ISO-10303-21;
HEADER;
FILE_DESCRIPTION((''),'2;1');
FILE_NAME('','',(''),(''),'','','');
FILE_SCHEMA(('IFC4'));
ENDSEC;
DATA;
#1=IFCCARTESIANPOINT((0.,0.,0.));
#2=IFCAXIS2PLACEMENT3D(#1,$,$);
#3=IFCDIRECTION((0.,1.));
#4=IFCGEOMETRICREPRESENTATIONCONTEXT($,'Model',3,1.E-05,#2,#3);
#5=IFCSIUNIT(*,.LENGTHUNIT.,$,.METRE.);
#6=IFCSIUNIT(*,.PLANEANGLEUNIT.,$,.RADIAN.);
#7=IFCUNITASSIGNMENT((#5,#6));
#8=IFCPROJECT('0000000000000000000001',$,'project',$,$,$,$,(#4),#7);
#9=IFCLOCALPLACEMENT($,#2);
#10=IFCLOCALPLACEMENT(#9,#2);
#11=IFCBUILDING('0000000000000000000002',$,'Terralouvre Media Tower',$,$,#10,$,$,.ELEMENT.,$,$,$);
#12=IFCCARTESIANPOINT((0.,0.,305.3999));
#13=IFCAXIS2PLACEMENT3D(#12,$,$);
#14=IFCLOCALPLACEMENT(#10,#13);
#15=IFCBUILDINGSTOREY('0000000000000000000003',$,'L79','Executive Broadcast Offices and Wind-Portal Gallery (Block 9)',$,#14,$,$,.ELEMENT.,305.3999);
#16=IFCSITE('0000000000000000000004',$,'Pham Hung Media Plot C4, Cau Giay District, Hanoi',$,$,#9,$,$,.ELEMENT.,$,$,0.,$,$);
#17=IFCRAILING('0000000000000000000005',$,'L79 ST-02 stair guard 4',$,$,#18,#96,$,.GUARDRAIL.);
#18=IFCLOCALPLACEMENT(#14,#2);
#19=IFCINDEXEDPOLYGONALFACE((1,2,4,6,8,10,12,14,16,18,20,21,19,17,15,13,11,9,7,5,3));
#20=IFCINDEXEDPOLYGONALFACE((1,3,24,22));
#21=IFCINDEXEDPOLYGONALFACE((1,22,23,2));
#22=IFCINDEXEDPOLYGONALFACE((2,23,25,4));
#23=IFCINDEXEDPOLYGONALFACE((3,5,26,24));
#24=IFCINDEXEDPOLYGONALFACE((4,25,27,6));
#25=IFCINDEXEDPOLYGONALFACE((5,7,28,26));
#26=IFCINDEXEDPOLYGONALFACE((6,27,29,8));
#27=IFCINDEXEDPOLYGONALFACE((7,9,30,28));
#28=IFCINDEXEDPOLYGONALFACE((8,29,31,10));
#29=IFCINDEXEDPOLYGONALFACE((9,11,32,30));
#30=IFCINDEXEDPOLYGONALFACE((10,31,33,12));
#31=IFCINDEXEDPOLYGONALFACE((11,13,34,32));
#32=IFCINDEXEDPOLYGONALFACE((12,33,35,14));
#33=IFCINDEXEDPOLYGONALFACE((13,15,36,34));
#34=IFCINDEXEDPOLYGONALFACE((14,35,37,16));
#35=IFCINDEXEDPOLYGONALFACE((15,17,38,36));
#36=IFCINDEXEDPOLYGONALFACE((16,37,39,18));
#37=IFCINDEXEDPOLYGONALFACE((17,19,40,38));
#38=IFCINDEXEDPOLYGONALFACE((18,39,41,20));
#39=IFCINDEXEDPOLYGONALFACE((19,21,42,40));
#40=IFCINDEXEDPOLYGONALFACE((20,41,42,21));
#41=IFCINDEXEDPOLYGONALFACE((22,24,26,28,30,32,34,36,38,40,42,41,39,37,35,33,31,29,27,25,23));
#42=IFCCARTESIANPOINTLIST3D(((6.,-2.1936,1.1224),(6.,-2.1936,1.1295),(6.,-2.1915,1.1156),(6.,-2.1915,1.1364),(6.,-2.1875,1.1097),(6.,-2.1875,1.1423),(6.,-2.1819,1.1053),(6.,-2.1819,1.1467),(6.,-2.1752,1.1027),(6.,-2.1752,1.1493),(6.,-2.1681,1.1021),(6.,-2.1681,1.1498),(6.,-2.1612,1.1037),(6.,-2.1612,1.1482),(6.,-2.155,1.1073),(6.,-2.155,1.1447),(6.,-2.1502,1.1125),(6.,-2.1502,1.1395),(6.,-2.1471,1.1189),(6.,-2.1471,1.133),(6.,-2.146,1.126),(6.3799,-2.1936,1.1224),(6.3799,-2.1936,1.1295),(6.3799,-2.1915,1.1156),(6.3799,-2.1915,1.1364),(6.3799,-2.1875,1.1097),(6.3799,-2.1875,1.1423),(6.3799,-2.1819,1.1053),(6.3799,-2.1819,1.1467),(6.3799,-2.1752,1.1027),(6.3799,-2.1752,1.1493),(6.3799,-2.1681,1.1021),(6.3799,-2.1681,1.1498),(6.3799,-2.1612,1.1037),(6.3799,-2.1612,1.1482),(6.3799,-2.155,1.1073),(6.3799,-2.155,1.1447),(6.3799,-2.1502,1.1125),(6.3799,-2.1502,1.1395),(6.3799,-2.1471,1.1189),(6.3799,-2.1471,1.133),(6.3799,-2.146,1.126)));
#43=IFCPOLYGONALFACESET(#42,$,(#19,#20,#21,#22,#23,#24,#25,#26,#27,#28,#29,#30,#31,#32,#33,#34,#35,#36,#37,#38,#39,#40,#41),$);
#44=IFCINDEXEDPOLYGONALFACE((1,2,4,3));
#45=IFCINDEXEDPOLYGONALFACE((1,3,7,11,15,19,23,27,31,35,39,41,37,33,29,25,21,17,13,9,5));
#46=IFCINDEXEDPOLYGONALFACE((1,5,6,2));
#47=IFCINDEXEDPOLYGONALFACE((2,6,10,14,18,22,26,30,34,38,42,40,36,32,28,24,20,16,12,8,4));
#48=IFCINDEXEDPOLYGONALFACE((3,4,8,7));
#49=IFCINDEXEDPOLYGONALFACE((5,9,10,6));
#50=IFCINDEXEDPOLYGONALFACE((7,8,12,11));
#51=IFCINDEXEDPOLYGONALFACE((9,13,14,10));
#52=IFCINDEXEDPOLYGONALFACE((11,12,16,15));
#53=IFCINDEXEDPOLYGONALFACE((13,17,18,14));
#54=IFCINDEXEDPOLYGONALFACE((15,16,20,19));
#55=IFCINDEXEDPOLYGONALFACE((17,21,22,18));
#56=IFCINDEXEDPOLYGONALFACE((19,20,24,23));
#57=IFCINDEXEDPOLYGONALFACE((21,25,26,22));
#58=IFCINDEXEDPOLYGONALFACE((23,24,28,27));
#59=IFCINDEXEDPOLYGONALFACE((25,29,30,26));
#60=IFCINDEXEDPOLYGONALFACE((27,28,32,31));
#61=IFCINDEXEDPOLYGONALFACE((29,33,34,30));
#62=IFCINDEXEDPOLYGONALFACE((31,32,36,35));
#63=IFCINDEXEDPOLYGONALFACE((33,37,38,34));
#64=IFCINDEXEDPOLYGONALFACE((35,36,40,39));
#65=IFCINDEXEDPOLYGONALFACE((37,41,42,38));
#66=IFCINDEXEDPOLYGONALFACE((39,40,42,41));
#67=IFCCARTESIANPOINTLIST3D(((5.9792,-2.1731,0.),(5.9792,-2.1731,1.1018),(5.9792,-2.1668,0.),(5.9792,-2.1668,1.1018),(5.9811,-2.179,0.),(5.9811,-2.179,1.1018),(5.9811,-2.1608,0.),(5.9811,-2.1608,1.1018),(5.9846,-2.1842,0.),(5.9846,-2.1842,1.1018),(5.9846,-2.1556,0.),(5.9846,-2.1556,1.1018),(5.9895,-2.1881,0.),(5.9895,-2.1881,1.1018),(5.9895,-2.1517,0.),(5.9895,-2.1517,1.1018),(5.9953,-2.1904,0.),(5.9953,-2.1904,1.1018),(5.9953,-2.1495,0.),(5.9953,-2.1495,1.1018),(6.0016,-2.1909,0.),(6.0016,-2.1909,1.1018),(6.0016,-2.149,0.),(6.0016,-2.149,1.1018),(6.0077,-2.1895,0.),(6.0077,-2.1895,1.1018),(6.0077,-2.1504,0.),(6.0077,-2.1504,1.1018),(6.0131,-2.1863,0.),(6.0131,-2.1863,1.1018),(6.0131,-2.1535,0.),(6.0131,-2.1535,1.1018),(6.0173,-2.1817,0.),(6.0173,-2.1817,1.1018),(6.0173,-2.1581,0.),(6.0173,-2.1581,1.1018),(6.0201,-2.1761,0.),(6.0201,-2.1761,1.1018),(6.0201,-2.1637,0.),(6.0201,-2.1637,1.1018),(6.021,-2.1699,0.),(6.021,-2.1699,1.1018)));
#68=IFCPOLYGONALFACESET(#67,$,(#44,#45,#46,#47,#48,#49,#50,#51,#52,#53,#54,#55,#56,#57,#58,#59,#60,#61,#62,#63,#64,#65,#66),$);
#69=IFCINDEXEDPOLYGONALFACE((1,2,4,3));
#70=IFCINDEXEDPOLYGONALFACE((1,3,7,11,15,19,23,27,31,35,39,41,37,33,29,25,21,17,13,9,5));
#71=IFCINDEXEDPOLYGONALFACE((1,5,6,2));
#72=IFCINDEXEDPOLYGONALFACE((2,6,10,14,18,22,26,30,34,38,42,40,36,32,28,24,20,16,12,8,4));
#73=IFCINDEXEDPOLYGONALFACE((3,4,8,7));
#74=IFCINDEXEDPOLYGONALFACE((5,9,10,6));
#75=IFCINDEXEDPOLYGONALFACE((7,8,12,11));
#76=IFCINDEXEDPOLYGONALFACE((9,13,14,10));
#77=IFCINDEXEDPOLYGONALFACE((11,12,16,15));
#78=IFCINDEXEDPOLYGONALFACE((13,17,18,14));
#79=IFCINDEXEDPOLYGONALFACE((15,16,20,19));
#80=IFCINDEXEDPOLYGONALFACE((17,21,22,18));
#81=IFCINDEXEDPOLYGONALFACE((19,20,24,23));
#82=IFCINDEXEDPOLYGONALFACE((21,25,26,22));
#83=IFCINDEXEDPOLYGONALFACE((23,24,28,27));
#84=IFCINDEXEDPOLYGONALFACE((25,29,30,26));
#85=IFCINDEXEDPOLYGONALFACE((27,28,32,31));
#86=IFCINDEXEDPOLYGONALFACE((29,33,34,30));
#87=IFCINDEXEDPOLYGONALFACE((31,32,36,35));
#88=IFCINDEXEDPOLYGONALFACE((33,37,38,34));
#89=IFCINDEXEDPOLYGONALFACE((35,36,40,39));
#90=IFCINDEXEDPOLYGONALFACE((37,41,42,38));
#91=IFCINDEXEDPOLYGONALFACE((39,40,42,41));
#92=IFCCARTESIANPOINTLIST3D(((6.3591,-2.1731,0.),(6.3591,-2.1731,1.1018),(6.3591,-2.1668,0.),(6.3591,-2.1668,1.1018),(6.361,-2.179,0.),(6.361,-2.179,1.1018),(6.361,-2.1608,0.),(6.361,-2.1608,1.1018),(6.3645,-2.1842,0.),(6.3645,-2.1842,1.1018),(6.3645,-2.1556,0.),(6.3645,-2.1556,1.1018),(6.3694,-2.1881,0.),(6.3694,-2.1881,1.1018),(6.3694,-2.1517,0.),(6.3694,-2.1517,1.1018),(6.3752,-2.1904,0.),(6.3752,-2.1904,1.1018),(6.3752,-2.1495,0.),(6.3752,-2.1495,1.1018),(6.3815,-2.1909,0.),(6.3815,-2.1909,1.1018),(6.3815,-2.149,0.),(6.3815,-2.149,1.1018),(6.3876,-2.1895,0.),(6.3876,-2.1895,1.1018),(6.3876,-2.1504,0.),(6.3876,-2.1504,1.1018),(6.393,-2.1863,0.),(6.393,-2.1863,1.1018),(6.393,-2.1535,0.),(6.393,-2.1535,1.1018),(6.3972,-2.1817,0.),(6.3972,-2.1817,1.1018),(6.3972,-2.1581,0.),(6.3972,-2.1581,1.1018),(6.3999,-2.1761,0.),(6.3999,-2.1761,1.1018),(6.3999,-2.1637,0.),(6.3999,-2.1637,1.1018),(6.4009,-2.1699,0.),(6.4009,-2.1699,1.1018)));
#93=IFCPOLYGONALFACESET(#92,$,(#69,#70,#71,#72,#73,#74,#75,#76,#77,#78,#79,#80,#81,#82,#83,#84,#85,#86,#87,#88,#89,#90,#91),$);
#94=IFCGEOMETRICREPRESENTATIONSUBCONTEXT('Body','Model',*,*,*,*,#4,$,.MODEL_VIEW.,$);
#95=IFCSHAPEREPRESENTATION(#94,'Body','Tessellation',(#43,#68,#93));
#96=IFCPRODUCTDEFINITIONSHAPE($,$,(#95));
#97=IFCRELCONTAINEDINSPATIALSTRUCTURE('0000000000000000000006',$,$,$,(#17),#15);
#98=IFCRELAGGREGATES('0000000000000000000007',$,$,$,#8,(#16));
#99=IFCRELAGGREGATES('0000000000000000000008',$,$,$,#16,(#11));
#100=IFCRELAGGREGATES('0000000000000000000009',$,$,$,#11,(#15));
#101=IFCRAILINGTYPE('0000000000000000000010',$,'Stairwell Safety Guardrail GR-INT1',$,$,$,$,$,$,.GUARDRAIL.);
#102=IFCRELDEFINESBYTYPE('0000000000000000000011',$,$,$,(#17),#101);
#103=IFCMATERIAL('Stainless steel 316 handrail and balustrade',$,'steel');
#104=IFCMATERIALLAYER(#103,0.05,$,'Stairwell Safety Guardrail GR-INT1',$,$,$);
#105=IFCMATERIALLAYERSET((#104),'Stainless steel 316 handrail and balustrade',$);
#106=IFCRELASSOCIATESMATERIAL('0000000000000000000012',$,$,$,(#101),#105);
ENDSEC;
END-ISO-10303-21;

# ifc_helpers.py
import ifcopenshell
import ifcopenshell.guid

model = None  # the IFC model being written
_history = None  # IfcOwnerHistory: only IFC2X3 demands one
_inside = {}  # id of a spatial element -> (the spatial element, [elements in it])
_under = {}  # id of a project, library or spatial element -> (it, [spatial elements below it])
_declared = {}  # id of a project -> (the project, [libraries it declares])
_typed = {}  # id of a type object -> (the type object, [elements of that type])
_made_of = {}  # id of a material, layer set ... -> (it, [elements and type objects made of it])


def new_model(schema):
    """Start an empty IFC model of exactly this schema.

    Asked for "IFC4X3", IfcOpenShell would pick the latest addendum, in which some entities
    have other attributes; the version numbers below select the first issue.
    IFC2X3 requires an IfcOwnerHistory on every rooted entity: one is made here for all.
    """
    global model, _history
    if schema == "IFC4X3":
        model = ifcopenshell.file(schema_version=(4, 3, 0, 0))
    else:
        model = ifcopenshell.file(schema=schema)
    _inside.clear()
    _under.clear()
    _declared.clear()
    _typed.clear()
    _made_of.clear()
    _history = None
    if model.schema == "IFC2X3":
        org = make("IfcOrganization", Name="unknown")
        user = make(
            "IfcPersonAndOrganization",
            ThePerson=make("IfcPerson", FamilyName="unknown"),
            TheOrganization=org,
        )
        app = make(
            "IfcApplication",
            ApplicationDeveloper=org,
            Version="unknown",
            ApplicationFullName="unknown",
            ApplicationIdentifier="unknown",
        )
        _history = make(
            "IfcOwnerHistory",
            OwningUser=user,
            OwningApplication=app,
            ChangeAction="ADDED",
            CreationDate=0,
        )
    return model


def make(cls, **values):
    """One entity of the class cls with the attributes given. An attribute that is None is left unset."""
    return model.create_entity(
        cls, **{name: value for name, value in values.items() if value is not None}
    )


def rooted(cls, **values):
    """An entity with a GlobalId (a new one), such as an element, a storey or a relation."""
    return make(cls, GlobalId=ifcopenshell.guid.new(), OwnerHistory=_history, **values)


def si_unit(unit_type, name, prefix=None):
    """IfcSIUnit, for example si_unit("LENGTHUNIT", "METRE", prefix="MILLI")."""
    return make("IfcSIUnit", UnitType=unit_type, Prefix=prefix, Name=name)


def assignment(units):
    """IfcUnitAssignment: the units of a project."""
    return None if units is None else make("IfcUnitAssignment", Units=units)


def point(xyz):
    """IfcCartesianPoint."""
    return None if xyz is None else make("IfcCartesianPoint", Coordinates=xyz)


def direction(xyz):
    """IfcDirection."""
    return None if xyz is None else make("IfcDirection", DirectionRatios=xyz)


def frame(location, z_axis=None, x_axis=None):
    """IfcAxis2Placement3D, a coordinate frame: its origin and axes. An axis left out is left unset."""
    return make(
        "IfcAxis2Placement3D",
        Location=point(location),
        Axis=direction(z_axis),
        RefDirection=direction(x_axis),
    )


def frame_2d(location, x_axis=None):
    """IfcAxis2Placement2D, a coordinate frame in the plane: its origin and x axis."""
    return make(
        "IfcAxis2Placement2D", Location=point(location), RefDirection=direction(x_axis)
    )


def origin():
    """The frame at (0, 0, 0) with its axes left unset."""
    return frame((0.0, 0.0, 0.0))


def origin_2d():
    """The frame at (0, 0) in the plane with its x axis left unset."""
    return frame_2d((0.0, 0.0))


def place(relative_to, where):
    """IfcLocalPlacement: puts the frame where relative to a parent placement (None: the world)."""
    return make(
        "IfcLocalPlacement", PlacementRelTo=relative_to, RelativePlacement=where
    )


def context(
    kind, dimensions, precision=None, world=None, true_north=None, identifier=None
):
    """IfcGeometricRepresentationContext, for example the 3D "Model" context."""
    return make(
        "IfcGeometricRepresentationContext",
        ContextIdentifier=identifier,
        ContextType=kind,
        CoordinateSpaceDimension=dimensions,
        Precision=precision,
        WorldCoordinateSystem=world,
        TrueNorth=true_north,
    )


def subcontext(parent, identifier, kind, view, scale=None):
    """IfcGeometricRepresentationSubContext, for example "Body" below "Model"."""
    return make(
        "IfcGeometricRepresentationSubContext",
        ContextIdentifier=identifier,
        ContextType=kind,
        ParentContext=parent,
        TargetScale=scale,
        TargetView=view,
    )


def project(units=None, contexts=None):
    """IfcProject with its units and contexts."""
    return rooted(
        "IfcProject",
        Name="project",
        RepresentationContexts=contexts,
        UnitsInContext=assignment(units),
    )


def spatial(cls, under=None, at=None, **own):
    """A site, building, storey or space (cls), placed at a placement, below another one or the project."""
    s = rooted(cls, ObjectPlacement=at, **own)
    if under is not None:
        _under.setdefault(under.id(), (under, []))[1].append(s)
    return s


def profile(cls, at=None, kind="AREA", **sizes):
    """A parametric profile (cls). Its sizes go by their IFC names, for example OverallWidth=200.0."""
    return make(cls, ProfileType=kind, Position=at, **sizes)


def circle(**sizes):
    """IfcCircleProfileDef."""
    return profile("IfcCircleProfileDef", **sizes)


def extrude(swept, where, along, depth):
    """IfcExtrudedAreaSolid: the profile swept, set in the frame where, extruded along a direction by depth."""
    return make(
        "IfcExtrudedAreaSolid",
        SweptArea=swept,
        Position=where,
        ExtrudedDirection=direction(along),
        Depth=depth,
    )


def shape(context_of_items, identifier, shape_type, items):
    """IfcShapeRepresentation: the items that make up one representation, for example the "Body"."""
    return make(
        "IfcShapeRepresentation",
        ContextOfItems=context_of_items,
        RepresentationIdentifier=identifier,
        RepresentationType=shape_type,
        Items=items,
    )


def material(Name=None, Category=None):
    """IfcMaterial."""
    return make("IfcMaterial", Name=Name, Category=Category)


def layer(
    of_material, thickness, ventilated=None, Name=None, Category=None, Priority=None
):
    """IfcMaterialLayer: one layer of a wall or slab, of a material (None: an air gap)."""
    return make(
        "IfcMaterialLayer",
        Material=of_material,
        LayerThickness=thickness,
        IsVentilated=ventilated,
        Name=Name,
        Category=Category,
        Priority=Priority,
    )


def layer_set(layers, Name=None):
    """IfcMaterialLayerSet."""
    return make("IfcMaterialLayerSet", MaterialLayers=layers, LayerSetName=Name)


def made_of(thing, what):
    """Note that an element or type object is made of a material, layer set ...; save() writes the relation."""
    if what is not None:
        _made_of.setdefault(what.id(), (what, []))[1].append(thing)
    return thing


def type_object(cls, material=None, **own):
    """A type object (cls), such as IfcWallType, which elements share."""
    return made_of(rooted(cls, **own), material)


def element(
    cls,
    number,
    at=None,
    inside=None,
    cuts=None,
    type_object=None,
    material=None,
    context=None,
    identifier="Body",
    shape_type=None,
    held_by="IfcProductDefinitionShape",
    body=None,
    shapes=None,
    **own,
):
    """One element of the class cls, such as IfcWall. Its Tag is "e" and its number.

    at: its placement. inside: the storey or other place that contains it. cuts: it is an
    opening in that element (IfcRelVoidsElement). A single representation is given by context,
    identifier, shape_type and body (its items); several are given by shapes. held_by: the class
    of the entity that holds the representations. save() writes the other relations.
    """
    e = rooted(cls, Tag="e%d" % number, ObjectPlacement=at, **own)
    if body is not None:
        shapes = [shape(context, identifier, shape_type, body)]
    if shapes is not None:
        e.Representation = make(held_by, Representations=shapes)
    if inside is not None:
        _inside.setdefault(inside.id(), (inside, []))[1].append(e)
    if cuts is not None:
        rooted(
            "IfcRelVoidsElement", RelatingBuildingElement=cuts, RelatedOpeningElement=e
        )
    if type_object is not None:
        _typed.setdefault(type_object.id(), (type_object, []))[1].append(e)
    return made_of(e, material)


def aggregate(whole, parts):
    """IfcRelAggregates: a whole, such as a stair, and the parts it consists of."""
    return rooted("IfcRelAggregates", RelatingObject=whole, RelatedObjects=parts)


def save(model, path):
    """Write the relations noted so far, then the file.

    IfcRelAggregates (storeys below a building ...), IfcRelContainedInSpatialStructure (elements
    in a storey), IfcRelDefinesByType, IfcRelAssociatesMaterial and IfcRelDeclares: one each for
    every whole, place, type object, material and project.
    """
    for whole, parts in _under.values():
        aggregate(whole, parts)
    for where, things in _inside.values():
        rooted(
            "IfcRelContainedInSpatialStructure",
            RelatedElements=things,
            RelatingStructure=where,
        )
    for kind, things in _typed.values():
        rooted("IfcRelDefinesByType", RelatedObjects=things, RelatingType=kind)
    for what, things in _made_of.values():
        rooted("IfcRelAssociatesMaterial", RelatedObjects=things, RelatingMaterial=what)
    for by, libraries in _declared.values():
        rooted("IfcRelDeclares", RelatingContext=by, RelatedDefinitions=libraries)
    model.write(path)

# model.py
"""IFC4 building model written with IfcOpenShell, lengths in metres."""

from ifc_helpers import new_model, si_unit, direction, frame, origin, origin_2d, place, context, subcontext, project, spatial, circle, extrude, material, layer, layer_set, type_object, element, save


model = new_model("IFC4")

# Units and contexts
model_context = context("Model", 3, precision=1e-05, world=origin(), true_north=direction((0.0, 1.0)))
body_context = subcontext(model_context, "Body", "Model", "MODEL_VIEW")
ifc_project = project(units=[si_unit("LENGTHUNIT", "METRE"), si_unit("PLANEANGLEUNIT", "RADIAN")], contexts=[model_context])

# Site, building, storey
site_placement = place(None, origin())
site = spatial("IfcSite", under=ifc_project, at=site_placement, Name="Pham Hung Media Plot C4, Cau Giay District, Hanoi", CompositionType="ELEMENT", RefElevation=0.0)
building_placement = place(site_placement, origin())
building = spatial("IfcBuilding", under=site, at=building_placement, Name="Terralouvre Media Tower", CompositionType="ELEMENT")
storey_placement = place(building_placement, frame((0.0, 0.0, 305.3999)))
storey = spatial("IfcBuildingStorey", under=building, at=storey_placement, Name="L79", Description="Executive Broadcast Offices and Wind-Portal Gallery (Block 9)", CompositionType="ELEMENT", Elevation=305.3999)

# Railing
ifc_material_1 = material(Name="Stainless steel 316 handrail and balustrade", Category="steel")
ifc_layer_1 = layer(ifc_material_1, 0.05, Name="Stairwell Safety Guardrail GR-INT1")
ifc_layer_set_1 = layer_set([ifc_layer_1], Name="Stainless steel 316 handrail and balustrade")
railing_type_1 = type_object("IfcRailingType", Name="Stairwell Safety Guardrail GR-INT1", PredefinedType="GUARDRAIL", material=ifc_layer_set_1)
railing_1_placement = place(storey_placement, frame((6.0, -2.1699, 0.0)))
element("IfcRailing", 1, at=railing_1_placement, inside=storey, type_object=railing_type_1, Name="L79 ST-02 stair guard 4", PredefinedType="GUARDRAIL", context=body_context, shape_type="SweptSolid", body=[
    extrude(circle(Radius=0.0239, at=origin_2d()), frame((0.0, 0.0, 1.126), z_axis=(1.0, 0.0, 0.0), x_axis=(0.0, 1.0, 0.0)), (0.0, 0.0, 1.0), 0.3799),
    extrude(circle(Radius=0.021, at=origin_2d()), origin(), (0.0, 0.0, 1.0), 1.1018),
    extrude(circle(Radius=0.021, at=origin_2d()), frame((0.3799, 0.0, 0.0)), (0.0, 0.0, 1.0), 1.1018),
])

save(model, "model.ifc")
